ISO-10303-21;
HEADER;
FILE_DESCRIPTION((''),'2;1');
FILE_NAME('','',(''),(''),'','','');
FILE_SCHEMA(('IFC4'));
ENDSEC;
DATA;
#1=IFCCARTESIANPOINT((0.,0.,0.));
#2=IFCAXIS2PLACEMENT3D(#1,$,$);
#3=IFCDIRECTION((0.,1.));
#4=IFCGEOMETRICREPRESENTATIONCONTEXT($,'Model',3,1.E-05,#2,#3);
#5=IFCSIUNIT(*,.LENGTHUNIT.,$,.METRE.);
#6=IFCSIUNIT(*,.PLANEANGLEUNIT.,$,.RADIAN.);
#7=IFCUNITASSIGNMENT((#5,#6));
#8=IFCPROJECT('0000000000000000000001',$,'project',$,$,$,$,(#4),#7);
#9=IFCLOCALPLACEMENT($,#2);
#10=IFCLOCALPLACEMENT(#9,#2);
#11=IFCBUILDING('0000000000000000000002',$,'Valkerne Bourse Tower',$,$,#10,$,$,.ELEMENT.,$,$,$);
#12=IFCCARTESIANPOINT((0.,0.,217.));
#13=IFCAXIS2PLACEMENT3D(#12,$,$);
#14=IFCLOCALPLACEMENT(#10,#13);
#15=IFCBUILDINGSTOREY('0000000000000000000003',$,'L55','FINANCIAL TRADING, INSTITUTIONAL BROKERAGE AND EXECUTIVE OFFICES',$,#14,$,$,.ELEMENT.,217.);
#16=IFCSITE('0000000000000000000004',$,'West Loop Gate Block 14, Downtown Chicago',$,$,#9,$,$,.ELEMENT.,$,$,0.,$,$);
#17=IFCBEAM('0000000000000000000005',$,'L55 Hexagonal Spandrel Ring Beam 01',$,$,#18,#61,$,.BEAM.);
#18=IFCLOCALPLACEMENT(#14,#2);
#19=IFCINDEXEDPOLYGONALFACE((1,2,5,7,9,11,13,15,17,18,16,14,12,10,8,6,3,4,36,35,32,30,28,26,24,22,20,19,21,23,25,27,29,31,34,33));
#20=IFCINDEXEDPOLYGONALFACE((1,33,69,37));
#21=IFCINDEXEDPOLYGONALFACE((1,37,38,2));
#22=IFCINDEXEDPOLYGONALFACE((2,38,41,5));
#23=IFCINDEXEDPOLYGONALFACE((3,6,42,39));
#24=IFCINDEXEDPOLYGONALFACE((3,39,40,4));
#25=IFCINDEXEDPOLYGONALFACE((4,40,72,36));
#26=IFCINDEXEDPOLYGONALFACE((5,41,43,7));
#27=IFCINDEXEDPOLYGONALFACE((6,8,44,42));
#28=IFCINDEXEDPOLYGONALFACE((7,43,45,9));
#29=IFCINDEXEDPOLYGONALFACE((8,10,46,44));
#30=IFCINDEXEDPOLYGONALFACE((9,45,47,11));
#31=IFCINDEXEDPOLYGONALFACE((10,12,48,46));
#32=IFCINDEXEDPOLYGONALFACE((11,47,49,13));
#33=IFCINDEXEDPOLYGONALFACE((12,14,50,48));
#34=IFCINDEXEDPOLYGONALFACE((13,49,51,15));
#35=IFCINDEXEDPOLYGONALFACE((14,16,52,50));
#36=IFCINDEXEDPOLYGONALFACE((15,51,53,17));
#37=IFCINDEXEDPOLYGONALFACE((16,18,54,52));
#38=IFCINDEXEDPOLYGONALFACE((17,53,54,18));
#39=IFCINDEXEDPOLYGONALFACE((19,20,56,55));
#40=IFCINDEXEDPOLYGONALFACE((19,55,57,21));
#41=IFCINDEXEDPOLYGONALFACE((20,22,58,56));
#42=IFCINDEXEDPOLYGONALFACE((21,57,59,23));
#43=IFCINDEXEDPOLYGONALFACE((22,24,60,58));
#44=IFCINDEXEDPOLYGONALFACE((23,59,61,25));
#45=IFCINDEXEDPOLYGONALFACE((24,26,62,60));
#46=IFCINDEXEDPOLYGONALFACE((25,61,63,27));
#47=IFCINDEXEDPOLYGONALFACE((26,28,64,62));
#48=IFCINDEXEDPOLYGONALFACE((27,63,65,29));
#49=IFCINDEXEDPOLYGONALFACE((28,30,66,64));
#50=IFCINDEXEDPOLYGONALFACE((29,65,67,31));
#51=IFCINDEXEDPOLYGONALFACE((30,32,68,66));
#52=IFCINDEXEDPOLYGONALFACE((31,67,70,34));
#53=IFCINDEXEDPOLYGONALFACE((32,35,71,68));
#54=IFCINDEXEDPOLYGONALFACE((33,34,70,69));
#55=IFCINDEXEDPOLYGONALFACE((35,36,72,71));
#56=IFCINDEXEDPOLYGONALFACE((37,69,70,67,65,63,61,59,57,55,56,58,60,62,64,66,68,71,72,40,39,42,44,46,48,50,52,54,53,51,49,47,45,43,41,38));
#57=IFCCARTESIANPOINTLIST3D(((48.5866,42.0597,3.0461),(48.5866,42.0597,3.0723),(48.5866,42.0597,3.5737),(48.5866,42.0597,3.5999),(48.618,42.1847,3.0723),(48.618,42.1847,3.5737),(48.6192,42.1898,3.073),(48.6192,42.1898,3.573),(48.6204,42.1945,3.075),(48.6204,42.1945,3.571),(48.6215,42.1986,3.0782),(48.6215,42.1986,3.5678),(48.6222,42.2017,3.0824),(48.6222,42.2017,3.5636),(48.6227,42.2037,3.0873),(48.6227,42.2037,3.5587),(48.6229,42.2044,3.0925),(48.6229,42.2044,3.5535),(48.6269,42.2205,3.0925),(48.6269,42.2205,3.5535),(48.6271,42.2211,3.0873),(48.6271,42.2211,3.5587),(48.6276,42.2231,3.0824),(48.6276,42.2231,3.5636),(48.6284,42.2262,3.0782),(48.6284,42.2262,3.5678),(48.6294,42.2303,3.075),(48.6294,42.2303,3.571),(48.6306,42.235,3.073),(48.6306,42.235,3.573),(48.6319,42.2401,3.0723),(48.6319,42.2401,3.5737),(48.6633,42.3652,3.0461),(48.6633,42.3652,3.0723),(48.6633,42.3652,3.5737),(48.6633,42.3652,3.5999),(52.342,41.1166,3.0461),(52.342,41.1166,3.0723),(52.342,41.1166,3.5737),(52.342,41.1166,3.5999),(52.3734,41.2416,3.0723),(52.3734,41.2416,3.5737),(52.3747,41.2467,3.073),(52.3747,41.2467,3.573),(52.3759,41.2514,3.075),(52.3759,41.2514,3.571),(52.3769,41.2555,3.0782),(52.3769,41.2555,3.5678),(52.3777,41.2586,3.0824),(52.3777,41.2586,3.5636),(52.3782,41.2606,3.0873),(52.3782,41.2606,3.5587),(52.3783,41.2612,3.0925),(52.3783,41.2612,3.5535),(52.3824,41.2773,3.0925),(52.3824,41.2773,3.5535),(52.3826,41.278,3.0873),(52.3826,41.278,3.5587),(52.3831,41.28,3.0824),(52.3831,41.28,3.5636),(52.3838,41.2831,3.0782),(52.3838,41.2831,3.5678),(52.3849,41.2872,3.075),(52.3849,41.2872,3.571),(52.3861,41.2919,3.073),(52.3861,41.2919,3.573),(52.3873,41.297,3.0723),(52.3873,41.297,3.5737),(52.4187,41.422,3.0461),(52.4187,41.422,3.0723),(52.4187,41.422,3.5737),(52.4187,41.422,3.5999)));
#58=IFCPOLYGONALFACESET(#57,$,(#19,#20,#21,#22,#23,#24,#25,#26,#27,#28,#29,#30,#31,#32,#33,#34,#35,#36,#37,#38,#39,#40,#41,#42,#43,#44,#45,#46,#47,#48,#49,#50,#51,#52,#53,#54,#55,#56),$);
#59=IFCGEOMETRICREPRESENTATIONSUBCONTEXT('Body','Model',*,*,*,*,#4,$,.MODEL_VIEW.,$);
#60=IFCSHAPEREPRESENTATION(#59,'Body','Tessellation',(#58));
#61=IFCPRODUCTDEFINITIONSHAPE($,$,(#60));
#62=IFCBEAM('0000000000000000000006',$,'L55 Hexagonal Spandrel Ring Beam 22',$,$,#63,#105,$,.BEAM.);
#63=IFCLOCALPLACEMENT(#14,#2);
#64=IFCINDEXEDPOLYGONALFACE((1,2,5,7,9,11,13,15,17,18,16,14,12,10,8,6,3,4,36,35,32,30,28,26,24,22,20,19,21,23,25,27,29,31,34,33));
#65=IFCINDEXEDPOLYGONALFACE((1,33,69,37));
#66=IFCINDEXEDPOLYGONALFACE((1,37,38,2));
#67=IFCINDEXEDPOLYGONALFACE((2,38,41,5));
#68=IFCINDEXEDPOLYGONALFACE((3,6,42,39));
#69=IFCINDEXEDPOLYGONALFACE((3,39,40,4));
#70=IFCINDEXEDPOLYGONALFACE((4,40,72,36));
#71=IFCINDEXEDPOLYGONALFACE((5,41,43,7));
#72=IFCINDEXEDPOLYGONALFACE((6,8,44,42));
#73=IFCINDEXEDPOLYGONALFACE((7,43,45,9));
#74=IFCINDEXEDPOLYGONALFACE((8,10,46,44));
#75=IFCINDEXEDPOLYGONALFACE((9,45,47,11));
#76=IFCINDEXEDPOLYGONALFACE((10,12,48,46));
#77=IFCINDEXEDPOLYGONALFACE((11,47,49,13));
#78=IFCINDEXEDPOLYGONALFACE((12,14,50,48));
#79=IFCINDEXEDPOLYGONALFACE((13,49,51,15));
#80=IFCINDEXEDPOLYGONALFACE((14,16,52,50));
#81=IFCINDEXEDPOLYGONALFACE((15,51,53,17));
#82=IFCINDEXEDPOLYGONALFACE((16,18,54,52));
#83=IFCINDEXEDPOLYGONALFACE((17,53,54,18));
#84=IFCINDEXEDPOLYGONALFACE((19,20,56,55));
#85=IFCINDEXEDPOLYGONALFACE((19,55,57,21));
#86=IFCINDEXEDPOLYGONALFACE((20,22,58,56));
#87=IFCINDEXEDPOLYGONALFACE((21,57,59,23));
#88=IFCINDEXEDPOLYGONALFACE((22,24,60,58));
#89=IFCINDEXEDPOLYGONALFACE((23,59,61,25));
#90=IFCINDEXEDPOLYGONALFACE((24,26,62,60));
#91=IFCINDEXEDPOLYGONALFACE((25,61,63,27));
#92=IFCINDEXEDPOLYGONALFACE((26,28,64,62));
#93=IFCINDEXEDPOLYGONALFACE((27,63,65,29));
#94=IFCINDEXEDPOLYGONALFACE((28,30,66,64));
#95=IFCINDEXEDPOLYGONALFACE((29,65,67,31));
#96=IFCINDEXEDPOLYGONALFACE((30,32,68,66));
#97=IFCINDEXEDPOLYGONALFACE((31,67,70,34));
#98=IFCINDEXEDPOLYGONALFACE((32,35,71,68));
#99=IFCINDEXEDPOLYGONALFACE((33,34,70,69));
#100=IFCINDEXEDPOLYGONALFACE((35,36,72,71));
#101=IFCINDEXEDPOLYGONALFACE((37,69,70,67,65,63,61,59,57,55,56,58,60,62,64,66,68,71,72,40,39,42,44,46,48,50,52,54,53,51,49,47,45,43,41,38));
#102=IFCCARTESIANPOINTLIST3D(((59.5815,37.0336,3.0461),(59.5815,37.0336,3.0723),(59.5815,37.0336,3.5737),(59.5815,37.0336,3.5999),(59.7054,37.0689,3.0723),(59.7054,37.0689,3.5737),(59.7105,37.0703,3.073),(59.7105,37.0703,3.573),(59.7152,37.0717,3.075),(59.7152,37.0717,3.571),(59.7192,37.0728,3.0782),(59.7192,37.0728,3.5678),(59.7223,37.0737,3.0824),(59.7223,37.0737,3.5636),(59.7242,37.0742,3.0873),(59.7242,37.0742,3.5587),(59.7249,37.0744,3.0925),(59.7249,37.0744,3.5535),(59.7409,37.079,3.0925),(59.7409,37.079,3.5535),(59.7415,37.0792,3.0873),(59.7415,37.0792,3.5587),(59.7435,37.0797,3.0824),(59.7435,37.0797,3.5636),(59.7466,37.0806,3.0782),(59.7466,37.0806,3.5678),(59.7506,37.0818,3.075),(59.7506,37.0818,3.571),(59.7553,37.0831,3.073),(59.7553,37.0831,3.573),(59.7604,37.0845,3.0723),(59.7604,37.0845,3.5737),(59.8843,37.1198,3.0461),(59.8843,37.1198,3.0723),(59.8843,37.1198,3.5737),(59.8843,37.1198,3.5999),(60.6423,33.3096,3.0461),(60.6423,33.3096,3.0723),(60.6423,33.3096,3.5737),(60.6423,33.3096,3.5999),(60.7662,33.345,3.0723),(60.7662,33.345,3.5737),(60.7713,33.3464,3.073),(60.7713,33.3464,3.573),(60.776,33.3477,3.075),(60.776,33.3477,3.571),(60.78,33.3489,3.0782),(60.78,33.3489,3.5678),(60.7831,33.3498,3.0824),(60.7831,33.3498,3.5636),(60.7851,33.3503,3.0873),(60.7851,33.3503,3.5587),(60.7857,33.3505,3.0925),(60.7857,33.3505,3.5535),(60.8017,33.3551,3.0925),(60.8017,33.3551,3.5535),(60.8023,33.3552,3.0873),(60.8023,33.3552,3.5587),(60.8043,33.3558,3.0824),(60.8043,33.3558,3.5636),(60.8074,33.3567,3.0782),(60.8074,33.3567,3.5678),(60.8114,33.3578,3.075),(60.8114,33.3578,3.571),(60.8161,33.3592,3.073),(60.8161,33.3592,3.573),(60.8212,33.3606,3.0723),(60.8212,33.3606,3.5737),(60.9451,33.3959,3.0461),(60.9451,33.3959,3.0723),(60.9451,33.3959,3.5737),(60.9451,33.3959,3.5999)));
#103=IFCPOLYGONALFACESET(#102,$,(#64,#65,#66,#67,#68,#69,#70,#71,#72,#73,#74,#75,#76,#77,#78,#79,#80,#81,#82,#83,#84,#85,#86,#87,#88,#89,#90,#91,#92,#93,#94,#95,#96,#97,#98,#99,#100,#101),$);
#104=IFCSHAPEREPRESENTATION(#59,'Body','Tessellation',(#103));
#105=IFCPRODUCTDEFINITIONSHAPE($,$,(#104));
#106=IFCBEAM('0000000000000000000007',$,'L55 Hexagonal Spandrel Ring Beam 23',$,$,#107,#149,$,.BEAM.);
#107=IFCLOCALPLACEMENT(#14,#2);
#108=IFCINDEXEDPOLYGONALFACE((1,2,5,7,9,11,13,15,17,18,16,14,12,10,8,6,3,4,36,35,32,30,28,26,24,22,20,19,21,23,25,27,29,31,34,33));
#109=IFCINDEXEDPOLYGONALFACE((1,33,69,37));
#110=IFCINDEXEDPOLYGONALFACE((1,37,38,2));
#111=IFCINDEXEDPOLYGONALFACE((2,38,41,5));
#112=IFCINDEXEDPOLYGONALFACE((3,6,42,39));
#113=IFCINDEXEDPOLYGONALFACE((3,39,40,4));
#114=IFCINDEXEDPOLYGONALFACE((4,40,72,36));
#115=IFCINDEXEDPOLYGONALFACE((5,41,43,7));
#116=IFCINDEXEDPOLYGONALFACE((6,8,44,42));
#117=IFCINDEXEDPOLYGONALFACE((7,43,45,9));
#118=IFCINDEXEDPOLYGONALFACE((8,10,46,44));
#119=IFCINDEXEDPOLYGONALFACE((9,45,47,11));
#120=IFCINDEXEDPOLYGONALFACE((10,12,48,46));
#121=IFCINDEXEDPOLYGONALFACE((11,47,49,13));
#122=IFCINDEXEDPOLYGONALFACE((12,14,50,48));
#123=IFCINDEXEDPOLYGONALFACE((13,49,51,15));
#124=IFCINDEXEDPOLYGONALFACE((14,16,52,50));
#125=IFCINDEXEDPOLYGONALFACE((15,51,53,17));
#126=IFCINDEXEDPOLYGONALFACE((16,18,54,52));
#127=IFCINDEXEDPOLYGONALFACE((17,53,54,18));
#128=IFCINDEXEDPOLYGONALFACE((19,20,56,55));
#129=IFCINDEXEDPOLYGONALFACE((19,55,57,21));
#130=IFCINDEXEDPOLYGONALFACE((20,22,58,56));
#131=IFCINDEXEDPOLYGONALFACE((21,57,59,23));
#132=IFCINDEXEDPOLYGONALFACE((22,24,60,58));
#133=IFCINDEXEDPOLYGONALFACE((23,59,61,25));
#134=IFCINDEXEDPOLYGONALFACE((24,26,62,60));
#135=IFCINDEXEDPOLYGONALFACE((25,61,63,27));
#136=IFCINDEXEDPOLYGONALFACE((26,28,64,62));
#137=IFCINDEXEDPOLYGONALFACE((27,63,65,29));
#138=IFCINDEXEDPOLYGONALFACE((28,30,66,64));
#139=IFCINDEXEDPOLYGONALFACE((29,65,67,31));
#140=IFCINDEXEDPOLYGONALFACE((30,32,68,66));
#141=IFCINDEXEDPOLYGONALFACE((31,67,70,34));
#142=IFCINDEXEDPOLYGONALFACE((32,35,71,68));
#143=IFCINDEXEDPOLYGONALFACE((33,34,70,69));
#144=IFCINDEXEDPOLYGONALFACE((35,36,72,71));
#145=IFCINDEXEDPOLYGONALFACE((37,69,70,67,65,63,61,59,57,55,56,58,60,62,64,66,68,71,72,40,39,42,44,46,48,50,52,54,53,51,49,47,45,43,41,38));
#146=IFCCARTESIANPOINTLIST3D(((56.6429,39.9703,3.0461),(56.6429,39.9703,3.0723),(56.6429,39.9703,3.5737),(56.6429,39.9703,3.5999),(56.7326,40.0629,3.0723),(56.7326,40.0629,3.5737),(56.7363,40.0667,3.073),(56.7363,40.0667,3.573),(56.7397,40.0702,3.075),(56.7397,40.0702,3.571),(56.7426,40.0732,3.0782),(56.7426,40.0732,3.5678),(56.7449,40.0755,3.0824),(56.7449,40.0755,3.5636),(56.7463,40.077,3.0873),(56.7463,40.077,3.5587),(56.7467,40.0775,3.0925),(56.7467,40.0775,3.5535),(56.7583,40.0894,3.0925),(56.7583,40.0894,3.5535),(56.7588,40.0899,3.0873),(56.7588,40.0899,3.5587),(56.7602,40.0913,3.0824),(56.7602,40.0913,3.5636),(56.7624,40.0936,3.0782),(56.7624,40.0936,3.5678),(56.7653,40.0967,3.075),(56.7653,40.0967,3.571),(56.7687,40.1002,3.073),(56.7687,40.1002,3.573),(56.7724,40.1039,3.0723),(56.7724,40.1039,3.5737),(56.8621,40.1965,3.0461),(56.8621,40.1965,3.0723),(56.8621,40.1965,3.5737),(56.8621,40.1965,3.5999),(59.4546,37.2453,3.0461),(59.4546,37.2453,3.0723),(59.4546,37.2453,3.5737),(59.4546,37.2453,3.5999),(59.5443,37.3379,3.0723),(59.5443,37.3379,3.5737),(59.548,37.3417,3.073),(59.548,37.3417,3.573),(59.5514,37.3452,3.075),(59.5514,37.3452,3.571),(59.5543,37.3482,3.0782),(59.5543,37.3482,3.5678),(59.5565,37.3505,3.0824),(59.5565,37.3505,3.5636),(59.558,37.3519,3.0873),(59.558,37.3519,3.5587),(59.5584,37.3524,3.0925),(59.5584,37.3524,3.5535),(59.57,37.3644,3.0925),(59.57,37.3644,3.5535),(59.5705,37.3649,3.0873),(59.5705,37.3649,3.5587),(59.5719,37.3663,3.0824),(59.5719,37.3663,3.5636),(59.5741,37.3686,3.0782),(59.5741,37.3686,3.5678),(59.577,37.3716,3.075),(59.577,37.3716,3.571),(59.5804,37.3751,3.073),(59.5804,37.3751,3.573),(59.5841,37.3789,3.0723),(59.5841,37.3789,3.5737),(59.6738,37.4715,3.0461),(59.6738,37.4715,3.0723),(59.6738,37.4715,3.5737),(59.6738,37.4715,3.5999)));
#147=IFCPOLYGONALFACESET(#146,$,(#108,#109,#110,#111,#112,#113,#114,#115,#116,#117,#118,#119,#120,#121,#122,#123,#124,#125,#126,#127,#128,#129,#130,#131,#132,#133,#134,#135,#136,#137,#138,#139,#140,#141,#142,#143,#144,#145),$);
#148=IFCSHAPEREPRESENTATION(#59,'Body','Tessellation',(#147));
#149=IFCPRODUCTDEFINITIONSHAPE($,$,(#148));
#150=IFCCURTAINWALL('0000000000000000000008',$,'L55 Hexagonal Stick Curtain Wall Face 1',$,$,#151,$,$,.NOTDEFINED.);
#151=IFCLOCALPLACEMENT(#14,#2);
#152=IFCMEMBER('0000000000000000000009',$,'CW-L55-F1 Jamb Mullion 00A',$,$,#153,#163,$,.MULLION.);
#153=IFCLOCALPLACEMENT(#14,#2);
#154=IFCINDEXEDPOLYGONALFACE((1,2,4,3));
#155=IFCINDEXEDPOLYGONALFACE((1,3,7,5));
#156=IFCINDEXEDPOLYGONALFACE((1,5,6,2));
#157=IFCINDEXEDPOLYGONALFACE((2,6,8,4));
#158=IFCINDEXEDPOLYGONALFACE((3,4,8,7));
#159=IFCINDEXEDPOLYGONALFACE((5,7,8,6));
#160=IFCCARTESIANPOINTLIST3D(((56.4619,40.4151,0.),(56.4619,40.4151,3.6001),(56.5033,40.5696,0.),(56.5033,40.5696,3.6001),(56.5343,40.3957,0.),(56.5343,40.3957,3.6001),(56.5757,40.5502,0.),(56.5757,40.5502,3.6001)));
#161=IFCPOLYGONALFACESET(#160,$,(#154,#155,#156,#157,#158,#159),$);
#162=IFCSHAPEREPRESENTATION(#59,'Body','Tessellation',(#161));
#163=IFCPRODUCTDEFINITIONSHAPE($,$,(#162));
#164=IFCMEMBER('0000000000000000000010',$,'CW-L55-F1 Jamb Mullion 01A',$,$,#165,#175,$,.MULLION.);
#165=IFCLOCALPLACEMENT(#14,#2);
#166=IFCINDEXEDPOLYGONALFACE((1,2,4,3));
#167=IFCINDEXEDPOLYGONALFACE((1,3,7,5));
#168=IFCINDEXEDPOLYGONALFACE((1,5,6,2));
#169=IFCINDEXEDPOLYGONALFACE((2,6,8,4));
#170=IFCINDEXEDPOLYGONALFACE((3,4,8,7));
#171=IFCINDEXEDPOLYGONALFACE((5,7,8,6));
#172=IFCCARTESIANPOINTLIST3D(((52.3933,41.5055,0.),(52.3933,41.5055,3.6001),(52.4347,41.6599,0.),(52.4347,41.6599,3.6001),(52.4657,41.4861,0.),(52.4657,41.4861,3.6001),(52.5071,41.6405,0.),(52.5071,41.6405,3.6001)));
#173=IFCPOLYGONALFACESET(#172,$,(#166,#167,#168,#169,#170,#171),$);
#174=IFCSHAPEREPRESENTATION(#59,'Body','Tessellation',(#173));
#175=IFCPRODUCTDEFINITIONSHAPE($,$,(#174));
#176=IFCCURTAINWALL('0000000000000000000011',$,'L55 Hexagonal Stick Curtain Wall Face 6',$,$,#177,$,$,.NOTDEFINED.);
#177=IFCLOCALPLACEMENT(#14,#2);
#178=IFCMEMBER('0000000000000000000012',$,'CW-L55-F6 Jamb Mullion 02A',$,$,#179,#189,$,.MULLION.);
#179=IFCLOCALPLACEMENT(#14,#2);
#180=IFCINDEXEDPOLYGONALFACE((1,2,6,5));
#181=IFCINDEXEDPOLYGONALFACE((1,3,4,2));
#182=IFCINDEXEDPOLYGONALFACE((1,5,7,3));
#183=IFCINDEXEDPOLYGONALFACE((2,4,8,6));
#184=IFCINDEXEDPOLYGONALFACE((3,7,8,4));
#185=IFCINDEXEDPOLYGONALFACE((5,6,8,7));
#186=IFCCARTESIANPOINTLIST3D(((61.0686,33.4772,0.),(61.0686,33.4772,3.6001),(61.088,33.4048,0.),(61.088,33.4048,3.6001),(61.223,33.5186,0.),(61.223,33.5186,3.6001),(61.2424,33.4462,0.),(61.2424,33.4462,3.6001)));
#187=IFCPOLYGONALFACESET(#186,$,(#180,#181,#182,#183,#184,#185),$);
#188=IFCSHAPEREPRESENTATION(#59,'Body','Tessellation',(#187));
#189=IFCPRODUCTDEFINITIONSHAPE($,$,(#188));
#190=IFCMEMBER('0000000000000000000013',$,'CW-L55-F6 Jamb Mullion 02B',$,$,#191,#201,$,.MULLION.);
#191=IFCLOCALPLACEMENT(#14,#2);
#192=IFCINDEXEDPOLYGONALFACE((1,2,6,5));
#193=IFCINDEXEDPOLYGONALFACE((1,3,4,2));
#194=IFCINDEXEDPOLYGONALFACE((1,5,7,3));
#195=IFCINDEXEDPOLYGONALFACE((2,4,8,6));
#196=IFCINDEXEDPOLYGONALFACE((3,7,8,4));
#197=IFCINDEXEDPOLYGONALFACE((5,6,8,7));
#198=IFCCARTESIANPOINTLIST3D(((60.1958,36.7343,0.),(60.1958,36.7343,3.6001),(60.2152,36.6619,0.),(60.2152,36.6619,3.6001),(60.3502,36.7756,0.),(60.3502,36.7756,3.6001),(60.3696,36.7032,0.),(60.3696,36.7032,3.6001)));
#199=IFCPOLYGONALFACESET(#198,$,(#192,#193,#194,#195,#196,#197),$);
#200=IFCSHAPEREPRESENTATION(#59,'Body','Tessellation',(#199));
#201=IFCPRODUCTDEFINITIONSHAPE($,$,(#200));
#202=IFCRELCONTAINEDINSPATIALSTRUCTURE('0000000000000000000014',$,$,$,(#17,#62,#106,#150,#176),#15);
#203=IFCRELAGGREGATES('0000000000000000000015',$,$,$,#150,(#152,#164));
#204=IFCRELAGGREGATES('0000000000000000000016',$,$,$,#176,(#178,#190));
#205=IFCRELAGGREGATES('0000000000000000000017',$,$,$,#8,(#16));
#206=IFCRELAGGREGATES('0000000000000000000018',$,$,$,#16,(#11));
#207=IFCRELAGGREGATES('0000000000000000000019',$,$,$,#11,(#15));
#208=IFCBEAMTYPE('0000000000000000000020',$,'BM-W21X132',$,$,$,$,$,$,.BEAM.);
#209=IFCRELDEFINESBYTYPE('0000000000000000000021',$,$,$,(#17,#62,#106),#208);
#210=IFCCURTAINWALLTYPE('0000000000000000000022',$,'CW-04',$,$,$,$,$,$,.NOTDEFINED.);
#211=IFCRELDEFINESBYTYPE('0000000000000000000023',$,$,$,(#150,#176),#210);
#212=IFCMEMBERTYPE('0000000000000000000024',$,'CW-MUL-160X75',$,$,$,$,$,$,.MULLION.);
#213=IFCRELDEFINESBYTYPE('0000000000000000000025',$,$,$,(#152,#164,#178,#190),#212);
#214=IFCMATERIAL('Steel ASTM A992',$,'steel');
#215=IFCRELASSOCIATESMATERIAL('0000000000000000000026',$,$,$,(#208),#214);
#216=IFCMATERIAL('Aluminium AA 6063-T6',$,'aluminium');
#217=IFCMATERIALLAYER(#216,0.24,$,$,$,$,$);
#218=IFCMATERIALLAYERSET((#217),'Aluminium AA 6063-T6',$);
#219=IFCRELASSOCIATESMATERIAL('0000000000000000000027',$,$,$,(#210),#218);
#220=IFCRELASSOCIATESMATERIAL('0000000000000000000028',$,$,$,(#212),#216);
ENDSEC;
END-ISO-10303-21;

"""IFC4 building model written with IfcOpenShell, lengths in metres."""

from ifc_helpers import new_model, si_unit, direction, frame, origin, origin_2d, place, context, subcontext, project, spatial, rectangle, i_section, extrude, material, layer, layer_set, material_profile, profile_set, type_object, element, aggregate, save


model = new_model("IFC4")

# Units and contexts
model_context = context("Model", 3, precision=1e-05, world=origin(), true_north=direction((0.0, 1.0)))
body_context = subcontext(model_context, "Body", "Model", "MODEL_VIEW")
ifc_project = project(units=[si_unit("LENGTHUNIT", "METRE"), si_unit("PLANEANGLEUNIT", "RADIAN")], contexts=[model_context])

# Site, building, storey
site_placement = place(None, origin())
site = spatial("IfcSite", under=ifc_project, at=site_placement, Name="West Loop Gate Block 14, Downtown Chicago", CompositionType="ELEMENT", RefElevation=0.0)
building_placement = place(site_placement, origin())
building = spatial("IfcBuilding", under=site, at=building_placement, Name="Valkerne Bourse Tower", CompositionType="ELEMENT")
storey_placement = place(building_placement, frame((0.0, 0.0, 217.0)))
storey = spatial("IfcBuildingStorey", under=building, at=storey_placement, Name="L55", Description="FINANCIAL TRADING, INSTITUTIONAL BROKERAGE AND EXECUTIVE OFFICES", CompositionType="ELEMENT", Elevation=217.0)

# Beams
ifc_material_1 = material(Name="Steel ASTM A992", Category="steel")
ifc_material_profile_1 = material_profile(ifc_material_1, i_section(OverallWidth=0.3149, OverallDepth=0.5537, WebThickness=0.0166, FlangeThickness=0.0261, FilletRadius=0.0203, at=origin_2d()), Name="W21X132")
ifc_profile_set_1 = profile_set([ifc_material_profile_1], Name="Steel ASTM A992")
beam_type = type_object("IfcBeamType", Name="BM-W21X132", PredefinedType="BEAM", material=ifc_profile_set_1)
for number, where, z_axis, x_axis, name in (
    (1, (52.3804, 41.2693, 3.323), (-0.969882, 0.243574, 0.0), (-0.243574, -0.969882, 0.0), "L55 Hexagonal Spandrel Ring Beam 01"),
    (2, (60.7937, 33.3528, 3.323), (-0.273963, 0.96174, 0.0), (-0.96174, -0.273963, 0.0), "L55 Hexagonal Spandrel Ring Beam 22"),
):
    element("IfcBeam", number, at=place(storey_placement, frame(where, z_axis=z_axis, x_axis=x_axis)), inside=storey, type_object=beam_type, Name=name, PredefinedType="BEAM", context=body_context, shape_type="SweptSolid", body=[
        extrude(i_section(OverallWidth=0.3149, OverallDepth=0.5537, WebThickness=0.0166, FlangeThickness=0.0261, FilletRadius=0.0203, at=origin_2d()), origin(), (0.0, 0.0, 1.0), 3.8721),
    ])
beam_1_placement = place(storey_placement, frame((59.5642, 37.3584, 3.323), z_axis=(-0.718087, 0.695953, 0.0), x_axis=(-0.695953, -0.718087, 0.0)))
element("IfcBeam", 3, at=beam_1_placement, inside=storey, type_object=beam_type, Name="L55 Hexagonal Spandrel Ring Beam 23", PredefinedType="BEAM", context=body_context, shape_type="SweptSolid", body=[
    extrude(i_section(OverallWidth=0.3149, OverallDepth=0.5537, WebThickness=0.0166, FlangeThickness=0.0261, FilletRadius=0.0203, at=origin_2d()), origin(), (0.0, 0.0, 1.0), 3.9155),
])

# Curtain walls, members
ifc_material_2 = material(Name="Aluminium AA 6063-T6", Category="aluminium")
ifc_layer_1 = layer(ifc_material_2, 0.24)
ifc_layer_set_1 = layer_set([ifc_layer_1], Name="Aluminium AA 6063-T6")
curtain_wall_type = type_object("IfcCurtainWallType", Name="CW-04", PredefinedType="NOTDEFINED", material=ifc_layer_set_1)
curtain_wall_1_placement = place(storey_placement, origin())
curtain_wall_1 = element("IfcCurtainWall", 4, at=curtain_wall_1_placement, inside=storey, type_object=curtain_wall_type, Name="L55 Hexagonal Stick Curtain Wall Face 1", PredefinedType="NOTDEFINED")
ifc_material_profile_2 = material_profile(ifc_material_2, rectangle(XDim=0.075, YDim=0.1599, at=origin_2d()), Name="CWM-75X160")
ifc_profile_set_2 = profile_set([ifc_material_profile_2], Name="Aluminium AA 6063-T6")
member_type_1 = type_object("IfcMemberType", Name="CW-MUL-160X75", PredefinedType="MULLION", material=ifc_profile_set_2)
member_1_placement = place(storey_placement, frame((56.5188, 40.4827, 0.0), z_axis=(0.0, 0.0, 1.0), x_axis=(-0.965921, 0.258836, 0.0)))
member_1 = element("IfcMember", 5, at=member_1_placement, type_object=member_type_1, Name="CW-L55-F1 Jamb Mullion 00A", PredefinedType="MULLION", context=body_context, shape_type="SweptSolid", body=[
    extrude(rectangle(XDim=0.075, YDim=0.1599, at=origin_2d()), origin(), (0.0, 0.0, 1.0), 3.6001),
])
member_2_placement = place(storey_placement, frame((52.4502, 41.573, 0.0), z_axis=(0.0, 0.0, 1.0), x_axis=(-0.965929, 0.258808, 0.0)))
member_2 = element("IfcMember", 6, at=member_2_placement, type_object=member_type_1, Name="CW-L55-F1 Jamb Mullion 01A", PredefinedType="MULLION", context=body_context, shape_type="SweptSolid", body=[
    extrude(rectangle(XDim=0.075, YDim=0.1599, at=origin_2d()), origin(), (0.0, 0.0, 1.0), 3.6001),
])
curtain_wall_2_placement = place(storey_placement, origin())
curtain_wall_2 = element("IfcCurtainWall", 7, at=curtain_wall_2_placement, inside=storey, type_object=curtain_wall_type, Name="L55 Hexagonal Stick Curtain Wall Face 6", PredefinedType="NOTDEFINED")
member_3_placement = place(storey_placement, frame((61.1555, 33.4617, 0.0), z_axis=(0.0, 0.0, 1.0), x_axis=(-0.258836, 0.965921, 0.0)))
member_3 = element("IfcMember", 8, at=member_3_placement, type_object=member_type_1, Name="CW-L55-F6 Jamb Mullion 02A", PredefinedType="MULLION", context=body_context, shape_type="SweptSolid", body=[
    extrude(rectangle(XDim=0.075, YDim=0.1599, at=origin_2d()), origin(), (0.0, 0.0, 1.0), 3.6001),
])
member_4_placement = place(storey_placement, frame((60.2827, 36.7188, 0.0), z_axis=(0.0, 0.0, 1.0), x_axis=(-0.258836, 0.965921, 0.0)))
member_4 = element("IfcMember", 9, at=member_4_placement, type_object=member_type_1, Name="CW-L55-F6 Jamb Mullion 02B", PredefinedType="MULLION", context=body_context, shape_type="SweptSolid", body=[
    extrude(rectangle(XDim=0.075, YDim=0.1599, at=origin_2d()), origin(), (0.0, 0.0, 1.0), 3.6001),
])

aggregate(curtain_wall_1, [member_1, member_2])
aggregate(curtain_wall_2, [member_3, member_4])

save(model, "model.ifc")
